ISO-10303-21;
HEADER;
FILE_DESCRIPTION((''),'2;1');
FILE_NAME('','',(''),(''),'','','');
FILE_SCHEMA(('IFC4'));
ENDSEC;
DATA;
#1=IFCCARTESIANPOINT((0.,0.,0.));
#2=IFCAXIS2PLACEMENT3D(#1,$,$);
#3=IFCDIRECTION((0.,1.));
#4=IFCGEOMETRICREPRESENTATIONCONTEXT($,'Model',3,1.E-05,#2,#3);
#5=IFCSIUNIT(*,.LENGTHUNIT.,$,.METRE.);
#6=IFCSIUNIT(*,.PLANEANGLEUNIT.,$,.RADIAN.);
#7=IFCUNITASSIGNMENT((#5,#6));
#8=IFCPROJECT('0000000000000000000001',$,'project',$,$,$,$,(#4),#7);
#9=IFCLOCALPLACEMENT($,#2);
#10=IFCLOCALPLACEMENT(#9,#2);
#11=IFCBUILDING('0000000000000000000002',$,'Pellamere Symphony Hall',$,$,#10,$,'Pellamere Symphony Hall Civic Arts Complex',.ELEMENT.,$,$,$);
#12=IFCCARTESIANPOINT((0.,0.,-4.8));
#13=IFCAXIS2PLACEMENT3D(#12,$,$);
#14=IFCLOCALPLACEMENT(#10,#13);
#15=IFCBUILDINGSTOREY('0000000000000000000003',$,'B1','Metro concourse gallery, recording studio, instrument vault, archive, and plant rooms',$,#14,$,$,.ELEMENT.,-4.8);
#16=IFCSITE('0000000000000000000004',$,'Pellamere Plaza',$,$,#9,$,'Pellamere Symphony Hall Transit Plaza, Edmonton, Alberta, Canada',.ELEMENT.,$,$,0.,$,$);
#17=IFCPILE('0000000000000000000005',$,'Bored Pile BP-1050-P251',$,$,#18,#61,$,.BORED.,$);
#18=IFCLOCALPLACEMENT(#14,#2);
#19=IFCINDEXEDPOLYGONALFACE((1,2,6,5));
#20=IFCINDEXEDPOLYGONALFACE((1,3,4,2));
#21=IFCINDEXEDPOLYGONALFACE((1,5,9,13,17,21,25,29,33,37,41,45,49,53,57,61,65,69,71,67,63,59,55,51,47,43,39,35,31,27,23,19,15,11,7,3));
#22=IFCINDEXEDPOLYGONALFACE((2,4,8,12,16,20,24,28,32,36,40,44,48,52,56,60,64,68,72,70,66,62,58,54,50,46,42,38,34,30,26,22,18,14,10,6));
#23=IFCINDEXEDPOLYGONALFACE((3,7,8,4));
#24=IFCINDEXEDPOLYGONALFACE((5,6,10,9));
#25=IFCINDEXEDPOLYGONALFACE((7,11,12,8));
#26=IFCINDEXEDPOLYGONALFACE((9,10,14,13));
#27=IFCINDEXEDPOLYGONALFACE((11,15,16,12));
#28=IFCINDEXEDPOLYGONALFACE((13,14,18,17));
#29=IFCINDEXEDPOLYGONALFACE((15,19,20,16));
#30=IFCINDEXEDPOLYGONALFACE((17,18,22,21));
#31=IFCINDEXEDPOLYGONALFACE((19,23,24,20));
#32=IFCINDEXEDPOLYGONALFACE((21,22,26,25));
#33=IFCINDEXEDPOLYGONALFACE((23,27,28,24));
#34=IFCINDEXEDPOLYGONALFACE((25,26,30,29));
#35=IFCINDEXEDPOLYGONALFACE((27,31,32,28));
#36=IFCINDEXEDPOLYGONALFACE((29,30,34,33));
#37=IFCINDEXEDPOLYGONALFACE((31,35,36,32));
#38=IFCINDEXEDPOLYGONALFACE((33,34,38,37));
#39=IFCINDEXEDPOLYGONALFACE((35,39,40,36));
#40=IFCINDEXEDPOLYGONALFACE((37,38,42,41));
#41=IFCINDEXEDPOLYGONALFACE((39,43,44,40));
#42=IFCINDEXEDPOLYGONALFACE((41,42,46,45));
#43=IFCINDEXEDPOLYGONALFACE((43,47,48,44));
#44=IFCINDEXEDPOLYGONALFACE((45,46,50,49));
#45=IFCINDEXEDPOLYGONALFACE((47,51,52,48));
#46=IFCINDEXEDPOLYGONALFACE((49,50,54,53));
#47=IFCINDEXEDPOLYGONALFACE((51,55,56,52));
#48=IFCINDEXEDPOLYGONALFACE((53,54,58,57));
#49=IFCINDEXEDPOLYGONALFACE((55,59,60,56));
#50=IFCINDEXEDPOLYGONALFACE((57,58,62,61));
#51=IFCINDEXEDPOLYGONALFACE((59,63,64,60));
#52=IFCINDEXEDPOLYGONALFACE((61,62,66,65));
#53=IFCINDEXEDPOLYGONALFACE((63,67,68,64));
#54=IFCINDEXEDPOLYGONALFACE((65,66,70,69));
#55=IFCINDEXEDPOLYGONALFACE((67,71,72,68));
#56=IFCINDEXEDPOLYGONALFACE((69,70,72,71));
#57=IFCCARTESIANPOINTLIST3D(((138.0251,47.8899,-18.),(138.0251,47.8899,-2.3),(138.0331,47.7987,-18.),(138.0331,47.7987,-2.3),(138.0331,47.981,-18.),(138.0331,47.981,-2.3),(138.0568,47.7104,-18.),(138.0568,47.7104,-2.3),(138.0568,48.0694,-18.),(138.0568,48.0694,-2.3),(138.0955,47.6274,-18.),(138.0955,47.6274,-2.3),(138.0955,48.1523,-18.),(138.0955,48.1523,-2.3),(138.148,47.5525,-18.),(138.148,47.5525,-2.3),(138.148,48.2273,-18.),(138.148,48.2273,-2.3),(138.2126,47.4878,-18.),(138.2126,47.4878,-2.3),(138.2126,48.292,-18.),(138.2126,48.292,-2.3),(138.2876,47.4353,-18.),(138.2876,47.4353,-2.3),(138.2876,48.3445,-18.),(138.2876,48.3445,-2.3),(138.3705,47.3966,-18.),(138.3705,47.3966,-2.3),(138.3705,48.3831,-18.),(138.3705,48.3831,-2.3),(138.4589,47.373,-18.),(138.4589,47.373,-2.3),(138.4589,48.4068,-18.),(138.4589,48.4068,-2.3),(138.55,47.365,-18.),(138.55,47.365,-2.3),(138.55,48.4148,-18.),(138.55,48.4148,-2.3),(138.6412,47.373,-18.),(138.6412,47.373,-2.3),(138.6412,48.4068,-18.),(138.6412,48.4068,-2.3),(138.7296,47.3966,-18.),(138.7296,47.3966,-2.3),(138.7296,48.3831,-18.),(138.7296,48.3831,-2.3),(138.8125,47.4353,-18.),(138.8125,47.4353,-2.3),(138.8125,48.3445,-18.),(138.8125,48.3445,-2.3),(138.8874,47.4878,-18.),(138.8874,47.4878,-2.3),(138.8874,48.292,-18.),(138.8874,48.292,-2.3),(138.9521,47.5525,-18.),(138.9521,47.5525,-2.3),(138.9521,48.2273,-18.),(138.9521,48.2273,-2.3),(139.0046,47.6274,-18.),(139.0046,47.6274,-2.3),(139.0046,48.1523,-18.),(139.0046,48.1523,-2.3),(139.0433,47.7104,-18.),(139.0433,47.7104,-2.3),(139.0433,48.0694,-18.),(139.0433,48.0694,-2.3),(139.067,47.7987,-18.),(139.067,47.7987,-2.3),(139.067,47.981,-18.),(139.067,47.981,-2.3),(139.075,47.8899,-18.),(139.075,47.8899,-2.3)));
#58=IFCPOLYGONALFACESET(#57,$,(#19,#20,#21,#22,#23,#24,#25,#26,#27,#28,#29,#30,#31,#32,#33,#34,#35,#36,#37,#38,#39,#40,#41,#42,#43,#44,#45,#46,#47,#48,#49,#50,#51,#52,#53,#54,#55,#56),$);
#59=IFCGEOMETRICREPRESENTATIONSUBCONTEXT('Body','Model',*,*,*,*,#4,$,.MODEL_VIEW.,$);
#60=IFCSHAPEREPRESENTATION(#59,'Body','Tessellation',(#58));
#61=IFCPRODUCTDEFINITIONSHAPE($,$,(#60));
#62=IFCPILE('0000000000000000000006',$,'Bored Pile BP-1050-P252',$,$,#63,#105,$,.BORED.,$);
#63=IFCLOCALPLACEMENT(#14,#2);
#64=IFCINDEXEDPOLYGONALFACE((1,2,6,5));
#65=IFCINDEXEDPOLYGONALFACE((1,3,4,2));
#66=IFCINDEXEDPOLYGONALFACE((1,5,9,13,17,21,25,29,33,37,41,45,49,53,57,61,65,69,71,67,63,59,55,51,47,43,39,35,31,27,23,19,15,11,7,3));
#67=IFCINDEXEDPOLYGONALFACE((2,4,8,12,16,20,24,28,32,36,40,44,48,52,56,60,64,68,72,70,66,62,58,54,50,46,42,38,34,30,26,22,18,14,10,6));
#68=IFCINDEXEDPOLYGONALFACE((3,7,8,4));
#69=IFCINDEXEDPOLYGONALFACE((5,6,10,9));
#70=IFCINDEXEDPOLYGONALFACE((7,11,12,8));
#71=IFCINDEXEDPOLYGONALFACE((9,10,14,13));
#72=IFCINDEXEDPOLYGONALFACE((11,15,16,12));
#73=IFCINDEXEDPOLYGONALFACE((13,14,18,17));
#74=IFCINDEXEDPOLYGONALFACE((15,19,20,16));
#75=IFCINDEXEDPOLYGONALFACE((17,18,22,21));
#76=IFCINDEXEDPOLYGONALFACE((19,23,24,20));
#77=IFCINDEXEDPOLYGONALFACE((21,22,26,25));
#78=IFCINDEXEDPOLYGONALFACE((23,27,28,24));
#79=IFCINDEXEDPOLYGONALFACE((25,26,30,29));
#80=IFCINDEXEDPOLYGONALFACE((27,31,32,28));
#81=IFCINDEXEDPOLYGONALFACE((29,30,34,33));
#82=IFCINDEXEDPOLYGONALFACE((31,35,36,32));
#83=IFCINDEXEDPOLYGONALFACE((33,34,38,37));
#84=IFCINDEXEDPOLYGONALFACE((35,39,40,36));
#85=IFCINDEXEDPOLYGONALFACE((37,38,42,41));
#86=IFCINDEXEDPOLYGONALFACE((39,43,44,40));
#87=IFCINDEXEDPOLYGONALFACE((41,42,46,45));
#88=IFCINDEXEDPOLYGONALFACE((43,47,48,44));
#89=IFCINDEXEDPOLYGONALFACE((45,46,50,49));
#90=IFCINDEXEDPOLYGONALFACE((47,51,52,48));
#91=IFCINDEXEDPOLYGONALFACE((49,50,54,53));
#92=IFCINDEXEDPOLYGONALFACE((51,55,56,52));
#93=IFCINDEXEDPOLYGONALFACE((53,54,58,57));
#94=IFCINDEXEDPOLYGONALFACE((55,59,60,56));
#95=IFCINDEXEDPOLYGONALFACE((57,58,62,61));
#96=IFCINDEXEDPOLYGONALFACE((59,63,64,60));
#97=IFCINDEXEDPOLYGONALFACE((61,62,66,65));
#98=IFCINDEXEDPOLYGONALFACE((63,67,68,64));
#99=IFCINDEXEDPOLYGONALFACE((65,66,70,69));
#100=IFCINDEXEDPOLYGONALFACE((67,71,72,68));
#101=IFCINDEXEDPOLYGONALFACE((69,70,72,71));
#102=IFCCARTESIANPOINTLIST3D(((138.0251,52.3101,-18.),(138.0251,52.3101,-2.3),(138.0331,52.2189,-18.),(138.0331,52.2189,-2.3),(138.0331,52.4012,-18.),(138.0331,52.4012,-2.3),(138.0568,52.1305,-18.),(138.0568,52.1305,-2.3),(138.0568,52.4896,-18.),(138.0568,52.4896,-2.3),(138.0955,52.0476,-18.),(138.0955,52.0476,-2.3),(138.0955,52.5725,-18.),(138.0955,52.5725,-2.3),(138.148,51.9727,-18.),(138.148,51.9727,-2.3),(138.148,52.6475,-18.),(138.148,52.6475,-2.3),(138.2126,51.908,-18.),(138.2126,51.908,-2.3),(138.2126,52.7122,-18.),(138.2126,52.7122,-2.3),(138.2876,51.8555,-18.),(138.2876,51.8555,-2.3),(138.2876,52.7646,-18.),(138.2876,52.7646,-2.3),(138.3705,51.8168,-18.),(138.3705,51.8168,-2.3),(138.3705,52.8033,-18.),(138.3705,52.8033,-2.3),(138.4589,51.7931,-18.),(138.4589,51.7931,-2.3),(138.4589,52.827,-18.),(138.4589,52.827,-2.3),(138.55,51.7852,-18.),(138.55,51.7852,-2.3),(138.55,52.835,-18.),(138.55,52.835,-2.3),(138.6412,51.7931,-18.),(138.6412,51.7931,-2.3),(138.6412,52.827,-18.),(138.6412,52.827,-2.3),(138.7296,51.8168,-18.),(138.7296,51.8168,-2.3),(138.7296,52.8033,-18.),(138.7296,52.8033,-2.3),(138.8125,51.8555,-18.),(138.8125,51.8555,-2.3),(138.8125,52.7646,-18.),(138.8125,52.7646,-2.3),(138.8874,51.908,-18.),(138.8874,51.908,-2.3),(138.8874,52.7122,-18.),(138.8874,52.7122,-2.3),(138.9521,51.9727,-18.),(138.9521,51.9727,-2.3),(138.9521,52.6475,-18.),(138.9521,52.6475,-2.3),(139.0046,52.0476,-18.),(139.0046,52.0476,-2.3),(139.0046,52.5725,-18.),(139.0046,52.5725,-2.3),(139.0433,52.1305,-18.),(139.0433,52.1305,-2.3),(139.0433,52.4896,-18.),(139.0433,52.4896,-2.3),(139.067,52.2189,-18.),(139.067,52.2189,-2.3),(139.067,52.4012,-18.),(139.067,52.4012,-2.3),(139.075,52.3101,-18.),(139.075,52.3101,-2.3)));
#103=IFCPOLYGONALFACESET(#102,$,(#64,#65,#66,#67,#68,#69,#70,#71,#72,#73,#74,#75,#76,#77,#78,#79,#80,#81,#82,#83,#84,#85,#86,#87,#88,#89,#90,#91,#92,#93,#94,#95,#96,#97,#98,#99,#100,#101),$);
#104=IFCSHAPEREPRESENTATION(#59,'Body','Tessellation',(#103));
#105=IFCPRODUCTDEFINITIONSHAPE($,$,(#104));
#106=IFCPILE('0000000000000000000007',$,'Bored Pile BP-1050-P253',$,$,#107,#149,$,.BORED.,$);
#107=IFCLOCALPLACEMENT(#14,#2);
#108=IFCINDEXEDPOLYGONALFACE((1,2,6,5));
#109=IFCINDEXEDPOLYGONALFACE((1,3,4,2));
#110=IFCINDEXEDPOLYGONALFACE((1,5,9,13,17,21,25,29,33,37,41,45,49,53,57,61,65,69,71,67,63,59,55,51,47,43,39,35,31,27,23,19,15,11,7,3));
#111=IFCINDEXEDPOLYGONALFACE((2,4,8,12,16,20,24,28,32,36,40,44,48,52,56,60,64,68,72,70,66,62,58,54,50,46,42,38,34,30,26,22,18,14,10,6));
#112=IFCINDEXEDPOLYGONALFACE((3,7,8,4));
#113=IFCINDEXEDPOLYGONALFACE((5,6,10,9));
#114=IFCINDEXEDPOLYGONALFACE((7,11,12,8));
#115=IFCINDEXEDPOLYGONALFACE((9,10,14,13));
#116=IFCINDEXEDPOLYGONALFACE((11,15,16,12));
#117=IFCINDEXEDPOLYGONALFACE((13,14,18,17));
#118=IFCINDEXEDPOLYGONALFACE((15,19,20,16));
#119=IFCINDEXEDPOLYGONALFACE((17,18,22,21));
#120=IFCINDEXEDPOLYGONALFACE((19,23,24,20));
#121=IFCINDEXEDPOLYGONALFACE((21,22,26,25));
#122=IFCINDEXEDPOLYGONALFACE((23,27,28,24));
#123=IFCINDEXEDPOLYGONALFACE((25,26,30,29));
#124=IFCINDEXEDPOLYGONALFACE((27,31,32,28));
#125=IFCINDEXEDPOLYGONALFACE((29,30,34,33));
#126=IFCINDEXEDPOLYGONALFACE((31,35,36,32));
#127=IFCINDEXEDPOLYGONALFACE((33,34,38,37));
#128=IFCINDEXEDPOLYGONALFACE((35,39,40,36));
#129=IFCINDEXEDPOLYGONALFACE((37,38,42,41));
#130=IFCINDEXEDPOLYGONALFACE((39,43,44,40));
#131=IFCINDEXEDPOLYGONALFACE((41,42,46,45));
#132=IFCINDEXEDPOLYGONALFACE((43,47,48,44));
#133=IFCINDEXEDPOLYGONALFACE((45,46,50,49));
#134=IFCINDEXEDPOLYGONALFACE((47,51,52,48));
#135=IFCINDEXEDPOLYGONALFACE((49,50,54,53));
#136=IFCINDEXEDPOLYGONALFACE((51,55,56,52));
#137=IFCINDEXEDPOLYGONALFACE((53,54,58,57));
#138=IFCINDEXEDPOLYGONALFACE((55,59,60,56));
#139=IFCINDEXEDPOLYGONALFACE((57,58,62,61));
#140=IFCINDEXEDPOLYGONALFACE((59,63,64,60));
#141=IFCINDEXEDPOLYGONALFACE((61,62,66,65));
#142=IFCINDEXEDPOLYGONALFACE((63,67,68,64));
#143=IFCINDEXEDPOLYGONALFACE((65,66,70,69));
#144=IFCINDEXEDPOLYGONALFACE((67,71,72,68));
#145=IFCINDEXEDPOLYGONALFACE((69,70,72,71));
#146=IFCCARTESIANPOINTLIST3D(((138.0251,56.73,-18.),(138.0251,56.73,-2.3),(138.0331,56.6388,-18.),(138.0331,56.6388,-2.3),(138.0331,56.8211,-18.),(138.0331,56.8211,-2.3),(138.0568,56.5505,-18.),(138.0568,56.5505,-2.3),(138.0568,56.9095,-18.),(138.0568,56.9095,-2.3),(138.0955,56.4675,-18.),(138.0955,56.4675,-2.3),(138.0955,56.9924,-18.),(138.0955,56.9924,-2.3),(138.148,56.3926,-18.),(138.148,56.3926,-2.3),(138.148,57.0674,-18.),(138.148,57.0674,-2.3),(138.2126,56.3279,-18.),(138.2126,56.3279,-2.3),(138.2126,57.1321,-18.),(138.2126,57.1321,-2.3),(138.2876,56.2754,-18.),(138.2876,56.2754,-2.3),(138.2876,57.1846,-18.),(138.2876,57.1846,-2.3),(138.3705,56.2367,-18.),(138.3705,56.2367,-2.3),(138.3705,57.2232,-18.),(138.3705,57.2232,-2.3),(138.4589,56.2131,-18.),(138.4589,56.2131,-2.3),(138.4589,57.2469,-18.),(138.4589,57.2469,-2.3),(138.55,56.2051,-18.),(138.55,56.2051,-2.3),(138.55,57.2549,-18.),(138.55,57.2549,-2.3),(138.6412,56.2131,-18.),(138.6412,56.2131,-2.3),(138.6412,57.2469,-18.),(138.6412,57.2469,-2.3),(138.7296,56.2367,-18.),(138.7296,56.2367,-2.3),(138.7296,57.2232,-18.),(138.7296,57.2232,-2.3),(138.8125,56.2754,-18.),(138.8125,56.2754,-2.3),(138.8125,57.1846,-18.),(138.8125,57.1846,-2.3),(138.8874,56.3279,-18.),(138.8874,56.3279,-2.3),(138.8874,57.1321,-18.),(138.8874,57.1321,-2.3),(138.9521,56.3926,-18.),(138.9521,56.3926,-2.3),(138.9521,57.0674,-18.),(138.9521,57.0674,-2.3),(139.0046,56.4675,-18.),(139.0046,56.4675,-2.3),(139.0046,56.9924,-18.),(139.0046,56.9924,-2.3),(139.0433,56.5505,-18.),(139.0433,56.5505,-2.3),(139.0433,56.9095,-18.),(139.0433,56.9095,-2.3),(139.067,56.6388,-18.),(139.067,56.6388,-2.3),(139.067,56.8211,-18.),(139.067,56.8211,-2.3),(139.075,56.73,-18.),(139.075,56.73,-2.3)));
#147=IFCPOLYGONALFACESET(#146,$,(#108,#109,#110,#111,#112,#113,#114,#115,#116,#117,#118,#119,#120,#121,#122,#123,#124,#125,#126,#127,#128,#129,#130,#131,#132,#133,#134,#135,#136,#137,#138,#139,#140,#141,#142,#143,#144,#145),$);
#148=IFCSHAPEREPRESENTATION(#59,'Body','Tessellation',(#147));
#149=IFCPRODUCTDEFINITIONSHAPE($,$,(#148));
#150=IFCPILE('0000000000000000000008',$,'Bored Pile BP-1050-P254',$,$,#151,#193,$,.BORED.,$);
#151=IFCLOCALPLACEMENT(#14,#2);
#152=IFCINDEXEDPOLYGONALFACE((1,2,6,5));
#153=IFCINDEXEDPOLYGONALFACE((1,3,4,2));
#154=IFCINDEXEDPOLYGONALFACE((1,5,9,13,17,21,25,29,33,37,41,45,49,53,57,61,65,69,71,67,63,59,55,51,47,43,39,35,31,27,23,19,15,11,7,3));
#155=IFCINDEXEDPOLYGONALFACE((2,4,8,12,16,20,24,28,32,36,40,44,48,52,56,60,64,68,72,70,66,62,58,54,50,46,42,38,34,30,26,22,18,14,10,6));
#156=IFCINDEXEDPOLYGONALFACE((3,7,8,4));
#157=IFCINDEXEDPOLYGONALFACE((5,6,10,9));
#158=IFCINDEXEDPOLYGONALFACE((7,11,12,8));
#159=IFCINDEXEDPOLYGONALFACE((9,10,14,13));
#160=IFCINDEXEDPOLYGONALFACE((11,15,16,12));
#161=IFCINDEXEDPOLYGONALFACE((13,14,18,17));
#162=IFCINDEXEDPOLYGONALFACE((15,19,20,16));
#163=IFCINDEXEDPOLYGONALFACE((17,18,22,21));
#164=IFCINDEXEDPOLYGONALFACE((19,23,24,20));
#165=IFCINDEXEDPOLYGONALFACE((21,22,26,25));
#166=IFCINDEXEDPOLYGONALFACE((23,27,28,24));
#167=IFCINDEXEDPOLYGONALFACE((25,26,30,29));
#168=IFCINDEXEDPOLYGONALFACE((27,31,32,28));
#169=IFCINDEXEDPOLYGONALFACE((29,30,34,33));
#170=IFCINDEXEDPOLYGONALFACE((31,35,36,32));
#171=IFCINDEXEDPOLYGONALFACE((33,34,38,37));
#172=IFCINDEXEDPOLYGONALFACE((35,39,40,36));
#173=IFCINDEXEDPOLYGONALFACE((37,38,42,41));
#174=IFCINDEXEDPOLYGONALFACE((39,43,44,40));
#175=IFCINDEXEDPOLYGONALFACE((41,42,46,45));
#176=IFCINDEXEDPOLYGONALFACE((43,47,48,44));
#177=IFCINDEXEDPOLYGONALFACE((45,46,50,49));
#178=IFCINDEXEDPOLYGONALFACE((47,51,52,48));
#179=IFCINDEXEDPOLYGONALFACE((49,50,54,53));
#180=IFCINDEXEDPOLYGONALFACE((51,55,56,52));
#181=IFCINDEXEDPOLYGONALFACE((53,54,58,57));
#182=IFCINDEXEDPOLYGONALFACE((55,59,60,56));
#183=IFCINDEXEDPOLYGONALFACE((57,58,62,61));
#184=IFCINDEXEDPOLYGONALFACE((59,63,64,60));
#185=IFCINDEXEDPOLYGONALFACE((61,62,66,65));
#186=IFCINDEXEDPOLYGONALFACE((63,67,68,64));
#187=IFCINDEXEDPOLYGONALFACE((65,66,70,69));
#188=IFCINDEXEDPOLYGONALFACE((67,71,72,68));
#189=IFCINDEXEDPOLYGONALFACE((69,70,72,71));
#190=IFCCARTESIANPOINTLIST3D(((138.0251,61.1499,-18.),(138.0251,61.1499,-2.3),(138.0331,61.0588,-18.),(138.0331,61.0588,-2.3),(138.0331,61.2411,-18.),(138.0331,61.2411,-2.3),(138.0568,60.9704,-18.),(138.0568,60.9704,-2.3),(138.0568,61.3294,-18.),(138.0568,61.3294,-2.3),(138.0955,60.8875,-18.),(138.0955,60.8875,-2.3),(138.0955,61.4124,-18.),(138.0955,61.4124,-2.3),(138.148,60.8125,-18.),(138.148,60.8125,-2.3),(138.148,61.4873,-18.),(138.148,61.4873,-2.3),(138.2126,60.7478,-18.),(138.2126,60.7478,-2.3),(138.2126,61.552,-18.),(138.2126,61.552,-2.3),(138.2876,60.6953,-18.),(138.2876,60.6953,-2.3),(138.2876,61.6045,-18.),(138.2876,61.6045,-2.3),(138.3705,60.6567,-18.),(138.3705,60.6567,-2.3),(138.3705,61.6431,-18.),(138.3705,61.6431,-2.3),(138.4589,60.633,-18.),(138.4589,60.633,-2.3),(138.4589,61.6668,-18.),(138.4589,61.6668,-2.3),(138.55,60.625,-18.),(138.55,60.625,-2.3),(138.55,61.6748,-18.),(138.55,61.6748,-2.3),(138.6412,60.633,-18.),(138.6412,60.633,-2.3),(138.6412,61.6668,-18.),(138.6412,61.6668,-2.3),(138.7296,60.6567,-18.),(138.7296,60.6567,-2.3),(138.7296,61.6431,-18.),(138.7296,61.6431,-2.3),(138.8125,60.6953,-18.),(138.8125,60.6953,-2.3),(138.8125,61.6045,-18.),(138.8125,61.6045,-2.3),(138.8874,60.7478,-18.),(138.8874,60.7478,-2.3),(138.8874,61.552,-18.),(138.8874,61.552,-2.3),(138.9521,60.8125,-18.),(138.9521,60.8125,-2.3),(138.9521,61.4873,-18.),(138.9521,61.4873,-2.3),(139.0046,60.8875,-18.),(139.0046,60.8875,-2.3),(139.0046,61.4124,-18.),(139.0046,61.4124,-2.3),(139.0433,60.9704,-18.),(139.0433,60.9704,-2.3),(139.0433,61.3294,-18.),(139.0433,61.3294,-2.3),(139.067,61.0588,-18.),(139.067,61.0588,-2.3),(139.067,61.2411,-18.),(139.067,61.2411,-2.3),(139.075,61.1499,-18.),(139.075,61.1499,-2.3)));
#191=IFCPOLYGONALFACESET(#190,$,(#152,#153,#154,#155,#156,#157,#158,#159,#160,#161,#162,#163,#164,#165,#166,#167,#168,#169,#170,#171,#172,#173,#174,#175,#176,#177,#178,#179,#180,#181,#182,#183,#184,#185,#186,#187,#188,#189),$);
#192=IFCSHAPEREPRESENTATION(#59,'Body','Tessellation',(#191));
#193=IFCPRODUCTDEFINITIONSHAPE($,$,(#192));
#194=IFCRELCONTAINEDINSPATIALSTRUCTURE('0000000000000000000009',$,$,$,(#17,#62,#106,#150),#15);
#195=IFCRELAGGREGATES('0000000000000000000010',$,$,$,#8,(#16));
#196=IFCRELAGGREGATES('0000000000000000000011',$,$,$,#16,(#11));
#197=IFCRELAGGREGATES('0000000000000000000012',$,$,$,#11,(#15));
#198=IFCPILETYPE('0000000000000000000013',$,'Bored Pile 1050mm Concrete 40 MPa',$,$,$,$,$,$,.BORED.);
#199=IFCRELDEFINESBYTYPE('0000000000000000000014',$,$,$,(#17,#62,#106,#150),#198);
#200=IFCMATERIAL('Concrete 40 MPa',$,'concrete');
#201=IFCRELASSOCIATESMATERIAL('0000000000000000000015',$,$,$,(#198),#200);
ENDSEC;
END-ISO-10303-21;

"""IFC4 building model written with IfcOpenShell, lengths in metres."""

from ifc_helpers import new_model, si_unit, direction, frame, origin, origin_2d, place, context, subcontext, project, spatial, circle, extrude, material, material_profile, profile_set, type_object, element, save


model = new_model("IFC4")

# Units and contexts
model_context = context("Model", 3, precision=1e-05, world=origin(), true_north=direction((0.0, 1.0)))
body_context = subcontext(model_context, "Body", "Model", "MODEL_VIEW")
ifc_project = project(units=[si_unit("LENGTHUNIT", "METRE"), si_unit("PLANEANGLEUNIT", "RADIAN")], contexts=[model_context])

# Site, building, storey
site_placement = place(None, origin())
site = spatial("IfcSite", under=ifc_project, at=site_placement, Name="Pellamere Plaza", LongName="Pellamere Symphony Hall Transit Plaza, Edmonton, Alberta, Canada", CompositionType="ELEMENT", RefElevation=0.0)
building_placement = place(site_placement, origin())
building = spatial("IfcBuilding", under=site, at=building_placement, Name="Pellamere Symphony Hall", LongName="Pellamere Symphony Hall Civic Arts Complex", CompositionType="ELEMENT")
storey_placement = place(building_placement, frame((0.0, 0.0, -4.8)))
storey = spatial("IfcBuildingStorey", under=building, at=storey_placement, Name="B1", Description="Metro concourse gallery, recording studio, instrument vault, archive, and plant rooms", CompositionType="ELEMENT", Elevation=-4.8)

# Piles
ifc_material_1 = material(Name="Concrete 40 MPa", Category="concrete")
ifc_material_profile_1 = material_profile(ifc_material_1, circle(Radius=0.5249, at=origin_2d()), Name="PILE D1050")
ifc_profile_set_1 = profile_set([ifc_material_profile_1], Name="Concrete 40 MPa")
pile_type_1 = type_object("IfcPileType", Name="Bored Pile 1050mm Concrete 40 MPa", PredefinedType="BORED", material=ifc_profile_set_1)
for number, where, z_axis, x_axis, name in (
    (1, (138.55, 47.8899, -2.3), (0.0, 0.0, -1.0), (1.0, 0.0, 0.0), "Bored Pile BP-1050-P251"),
    (2, (138.55, 52.3101, -2.3), (0.0, 0.0, -1.0), (1.0, 0.0, 0.0), "Bored Pile BP-1050-P252"),
    (3, (138.55, 56.73, -2.3), (0.0, 0.0, -1.0), (1.0, 0.0, 0.0), "Bored Pile BP-1050-P253"),
    (4, (138.55, 61.1499, -2.3), (0.0, 0.0, -1.0), (1.0, 0.0, 0.0), "Bored Pile BP-1050-P254"),
):
    element("IfcPile", number, at=place(storey_placement, frame(where, z_axis=z_axis, x_axis=x_axis)), inside=storey, type_object=pile_type_1, Name=name, PredefinedType="BORED", context=body_context, shape_type="SweptSolid", body=[
        extrude(circle(Radius=0.5249, at=origin_2d()), origin(), (0.0, 0.0, 1.0), 15.7),
    ])

save(model, "model.ifc")
